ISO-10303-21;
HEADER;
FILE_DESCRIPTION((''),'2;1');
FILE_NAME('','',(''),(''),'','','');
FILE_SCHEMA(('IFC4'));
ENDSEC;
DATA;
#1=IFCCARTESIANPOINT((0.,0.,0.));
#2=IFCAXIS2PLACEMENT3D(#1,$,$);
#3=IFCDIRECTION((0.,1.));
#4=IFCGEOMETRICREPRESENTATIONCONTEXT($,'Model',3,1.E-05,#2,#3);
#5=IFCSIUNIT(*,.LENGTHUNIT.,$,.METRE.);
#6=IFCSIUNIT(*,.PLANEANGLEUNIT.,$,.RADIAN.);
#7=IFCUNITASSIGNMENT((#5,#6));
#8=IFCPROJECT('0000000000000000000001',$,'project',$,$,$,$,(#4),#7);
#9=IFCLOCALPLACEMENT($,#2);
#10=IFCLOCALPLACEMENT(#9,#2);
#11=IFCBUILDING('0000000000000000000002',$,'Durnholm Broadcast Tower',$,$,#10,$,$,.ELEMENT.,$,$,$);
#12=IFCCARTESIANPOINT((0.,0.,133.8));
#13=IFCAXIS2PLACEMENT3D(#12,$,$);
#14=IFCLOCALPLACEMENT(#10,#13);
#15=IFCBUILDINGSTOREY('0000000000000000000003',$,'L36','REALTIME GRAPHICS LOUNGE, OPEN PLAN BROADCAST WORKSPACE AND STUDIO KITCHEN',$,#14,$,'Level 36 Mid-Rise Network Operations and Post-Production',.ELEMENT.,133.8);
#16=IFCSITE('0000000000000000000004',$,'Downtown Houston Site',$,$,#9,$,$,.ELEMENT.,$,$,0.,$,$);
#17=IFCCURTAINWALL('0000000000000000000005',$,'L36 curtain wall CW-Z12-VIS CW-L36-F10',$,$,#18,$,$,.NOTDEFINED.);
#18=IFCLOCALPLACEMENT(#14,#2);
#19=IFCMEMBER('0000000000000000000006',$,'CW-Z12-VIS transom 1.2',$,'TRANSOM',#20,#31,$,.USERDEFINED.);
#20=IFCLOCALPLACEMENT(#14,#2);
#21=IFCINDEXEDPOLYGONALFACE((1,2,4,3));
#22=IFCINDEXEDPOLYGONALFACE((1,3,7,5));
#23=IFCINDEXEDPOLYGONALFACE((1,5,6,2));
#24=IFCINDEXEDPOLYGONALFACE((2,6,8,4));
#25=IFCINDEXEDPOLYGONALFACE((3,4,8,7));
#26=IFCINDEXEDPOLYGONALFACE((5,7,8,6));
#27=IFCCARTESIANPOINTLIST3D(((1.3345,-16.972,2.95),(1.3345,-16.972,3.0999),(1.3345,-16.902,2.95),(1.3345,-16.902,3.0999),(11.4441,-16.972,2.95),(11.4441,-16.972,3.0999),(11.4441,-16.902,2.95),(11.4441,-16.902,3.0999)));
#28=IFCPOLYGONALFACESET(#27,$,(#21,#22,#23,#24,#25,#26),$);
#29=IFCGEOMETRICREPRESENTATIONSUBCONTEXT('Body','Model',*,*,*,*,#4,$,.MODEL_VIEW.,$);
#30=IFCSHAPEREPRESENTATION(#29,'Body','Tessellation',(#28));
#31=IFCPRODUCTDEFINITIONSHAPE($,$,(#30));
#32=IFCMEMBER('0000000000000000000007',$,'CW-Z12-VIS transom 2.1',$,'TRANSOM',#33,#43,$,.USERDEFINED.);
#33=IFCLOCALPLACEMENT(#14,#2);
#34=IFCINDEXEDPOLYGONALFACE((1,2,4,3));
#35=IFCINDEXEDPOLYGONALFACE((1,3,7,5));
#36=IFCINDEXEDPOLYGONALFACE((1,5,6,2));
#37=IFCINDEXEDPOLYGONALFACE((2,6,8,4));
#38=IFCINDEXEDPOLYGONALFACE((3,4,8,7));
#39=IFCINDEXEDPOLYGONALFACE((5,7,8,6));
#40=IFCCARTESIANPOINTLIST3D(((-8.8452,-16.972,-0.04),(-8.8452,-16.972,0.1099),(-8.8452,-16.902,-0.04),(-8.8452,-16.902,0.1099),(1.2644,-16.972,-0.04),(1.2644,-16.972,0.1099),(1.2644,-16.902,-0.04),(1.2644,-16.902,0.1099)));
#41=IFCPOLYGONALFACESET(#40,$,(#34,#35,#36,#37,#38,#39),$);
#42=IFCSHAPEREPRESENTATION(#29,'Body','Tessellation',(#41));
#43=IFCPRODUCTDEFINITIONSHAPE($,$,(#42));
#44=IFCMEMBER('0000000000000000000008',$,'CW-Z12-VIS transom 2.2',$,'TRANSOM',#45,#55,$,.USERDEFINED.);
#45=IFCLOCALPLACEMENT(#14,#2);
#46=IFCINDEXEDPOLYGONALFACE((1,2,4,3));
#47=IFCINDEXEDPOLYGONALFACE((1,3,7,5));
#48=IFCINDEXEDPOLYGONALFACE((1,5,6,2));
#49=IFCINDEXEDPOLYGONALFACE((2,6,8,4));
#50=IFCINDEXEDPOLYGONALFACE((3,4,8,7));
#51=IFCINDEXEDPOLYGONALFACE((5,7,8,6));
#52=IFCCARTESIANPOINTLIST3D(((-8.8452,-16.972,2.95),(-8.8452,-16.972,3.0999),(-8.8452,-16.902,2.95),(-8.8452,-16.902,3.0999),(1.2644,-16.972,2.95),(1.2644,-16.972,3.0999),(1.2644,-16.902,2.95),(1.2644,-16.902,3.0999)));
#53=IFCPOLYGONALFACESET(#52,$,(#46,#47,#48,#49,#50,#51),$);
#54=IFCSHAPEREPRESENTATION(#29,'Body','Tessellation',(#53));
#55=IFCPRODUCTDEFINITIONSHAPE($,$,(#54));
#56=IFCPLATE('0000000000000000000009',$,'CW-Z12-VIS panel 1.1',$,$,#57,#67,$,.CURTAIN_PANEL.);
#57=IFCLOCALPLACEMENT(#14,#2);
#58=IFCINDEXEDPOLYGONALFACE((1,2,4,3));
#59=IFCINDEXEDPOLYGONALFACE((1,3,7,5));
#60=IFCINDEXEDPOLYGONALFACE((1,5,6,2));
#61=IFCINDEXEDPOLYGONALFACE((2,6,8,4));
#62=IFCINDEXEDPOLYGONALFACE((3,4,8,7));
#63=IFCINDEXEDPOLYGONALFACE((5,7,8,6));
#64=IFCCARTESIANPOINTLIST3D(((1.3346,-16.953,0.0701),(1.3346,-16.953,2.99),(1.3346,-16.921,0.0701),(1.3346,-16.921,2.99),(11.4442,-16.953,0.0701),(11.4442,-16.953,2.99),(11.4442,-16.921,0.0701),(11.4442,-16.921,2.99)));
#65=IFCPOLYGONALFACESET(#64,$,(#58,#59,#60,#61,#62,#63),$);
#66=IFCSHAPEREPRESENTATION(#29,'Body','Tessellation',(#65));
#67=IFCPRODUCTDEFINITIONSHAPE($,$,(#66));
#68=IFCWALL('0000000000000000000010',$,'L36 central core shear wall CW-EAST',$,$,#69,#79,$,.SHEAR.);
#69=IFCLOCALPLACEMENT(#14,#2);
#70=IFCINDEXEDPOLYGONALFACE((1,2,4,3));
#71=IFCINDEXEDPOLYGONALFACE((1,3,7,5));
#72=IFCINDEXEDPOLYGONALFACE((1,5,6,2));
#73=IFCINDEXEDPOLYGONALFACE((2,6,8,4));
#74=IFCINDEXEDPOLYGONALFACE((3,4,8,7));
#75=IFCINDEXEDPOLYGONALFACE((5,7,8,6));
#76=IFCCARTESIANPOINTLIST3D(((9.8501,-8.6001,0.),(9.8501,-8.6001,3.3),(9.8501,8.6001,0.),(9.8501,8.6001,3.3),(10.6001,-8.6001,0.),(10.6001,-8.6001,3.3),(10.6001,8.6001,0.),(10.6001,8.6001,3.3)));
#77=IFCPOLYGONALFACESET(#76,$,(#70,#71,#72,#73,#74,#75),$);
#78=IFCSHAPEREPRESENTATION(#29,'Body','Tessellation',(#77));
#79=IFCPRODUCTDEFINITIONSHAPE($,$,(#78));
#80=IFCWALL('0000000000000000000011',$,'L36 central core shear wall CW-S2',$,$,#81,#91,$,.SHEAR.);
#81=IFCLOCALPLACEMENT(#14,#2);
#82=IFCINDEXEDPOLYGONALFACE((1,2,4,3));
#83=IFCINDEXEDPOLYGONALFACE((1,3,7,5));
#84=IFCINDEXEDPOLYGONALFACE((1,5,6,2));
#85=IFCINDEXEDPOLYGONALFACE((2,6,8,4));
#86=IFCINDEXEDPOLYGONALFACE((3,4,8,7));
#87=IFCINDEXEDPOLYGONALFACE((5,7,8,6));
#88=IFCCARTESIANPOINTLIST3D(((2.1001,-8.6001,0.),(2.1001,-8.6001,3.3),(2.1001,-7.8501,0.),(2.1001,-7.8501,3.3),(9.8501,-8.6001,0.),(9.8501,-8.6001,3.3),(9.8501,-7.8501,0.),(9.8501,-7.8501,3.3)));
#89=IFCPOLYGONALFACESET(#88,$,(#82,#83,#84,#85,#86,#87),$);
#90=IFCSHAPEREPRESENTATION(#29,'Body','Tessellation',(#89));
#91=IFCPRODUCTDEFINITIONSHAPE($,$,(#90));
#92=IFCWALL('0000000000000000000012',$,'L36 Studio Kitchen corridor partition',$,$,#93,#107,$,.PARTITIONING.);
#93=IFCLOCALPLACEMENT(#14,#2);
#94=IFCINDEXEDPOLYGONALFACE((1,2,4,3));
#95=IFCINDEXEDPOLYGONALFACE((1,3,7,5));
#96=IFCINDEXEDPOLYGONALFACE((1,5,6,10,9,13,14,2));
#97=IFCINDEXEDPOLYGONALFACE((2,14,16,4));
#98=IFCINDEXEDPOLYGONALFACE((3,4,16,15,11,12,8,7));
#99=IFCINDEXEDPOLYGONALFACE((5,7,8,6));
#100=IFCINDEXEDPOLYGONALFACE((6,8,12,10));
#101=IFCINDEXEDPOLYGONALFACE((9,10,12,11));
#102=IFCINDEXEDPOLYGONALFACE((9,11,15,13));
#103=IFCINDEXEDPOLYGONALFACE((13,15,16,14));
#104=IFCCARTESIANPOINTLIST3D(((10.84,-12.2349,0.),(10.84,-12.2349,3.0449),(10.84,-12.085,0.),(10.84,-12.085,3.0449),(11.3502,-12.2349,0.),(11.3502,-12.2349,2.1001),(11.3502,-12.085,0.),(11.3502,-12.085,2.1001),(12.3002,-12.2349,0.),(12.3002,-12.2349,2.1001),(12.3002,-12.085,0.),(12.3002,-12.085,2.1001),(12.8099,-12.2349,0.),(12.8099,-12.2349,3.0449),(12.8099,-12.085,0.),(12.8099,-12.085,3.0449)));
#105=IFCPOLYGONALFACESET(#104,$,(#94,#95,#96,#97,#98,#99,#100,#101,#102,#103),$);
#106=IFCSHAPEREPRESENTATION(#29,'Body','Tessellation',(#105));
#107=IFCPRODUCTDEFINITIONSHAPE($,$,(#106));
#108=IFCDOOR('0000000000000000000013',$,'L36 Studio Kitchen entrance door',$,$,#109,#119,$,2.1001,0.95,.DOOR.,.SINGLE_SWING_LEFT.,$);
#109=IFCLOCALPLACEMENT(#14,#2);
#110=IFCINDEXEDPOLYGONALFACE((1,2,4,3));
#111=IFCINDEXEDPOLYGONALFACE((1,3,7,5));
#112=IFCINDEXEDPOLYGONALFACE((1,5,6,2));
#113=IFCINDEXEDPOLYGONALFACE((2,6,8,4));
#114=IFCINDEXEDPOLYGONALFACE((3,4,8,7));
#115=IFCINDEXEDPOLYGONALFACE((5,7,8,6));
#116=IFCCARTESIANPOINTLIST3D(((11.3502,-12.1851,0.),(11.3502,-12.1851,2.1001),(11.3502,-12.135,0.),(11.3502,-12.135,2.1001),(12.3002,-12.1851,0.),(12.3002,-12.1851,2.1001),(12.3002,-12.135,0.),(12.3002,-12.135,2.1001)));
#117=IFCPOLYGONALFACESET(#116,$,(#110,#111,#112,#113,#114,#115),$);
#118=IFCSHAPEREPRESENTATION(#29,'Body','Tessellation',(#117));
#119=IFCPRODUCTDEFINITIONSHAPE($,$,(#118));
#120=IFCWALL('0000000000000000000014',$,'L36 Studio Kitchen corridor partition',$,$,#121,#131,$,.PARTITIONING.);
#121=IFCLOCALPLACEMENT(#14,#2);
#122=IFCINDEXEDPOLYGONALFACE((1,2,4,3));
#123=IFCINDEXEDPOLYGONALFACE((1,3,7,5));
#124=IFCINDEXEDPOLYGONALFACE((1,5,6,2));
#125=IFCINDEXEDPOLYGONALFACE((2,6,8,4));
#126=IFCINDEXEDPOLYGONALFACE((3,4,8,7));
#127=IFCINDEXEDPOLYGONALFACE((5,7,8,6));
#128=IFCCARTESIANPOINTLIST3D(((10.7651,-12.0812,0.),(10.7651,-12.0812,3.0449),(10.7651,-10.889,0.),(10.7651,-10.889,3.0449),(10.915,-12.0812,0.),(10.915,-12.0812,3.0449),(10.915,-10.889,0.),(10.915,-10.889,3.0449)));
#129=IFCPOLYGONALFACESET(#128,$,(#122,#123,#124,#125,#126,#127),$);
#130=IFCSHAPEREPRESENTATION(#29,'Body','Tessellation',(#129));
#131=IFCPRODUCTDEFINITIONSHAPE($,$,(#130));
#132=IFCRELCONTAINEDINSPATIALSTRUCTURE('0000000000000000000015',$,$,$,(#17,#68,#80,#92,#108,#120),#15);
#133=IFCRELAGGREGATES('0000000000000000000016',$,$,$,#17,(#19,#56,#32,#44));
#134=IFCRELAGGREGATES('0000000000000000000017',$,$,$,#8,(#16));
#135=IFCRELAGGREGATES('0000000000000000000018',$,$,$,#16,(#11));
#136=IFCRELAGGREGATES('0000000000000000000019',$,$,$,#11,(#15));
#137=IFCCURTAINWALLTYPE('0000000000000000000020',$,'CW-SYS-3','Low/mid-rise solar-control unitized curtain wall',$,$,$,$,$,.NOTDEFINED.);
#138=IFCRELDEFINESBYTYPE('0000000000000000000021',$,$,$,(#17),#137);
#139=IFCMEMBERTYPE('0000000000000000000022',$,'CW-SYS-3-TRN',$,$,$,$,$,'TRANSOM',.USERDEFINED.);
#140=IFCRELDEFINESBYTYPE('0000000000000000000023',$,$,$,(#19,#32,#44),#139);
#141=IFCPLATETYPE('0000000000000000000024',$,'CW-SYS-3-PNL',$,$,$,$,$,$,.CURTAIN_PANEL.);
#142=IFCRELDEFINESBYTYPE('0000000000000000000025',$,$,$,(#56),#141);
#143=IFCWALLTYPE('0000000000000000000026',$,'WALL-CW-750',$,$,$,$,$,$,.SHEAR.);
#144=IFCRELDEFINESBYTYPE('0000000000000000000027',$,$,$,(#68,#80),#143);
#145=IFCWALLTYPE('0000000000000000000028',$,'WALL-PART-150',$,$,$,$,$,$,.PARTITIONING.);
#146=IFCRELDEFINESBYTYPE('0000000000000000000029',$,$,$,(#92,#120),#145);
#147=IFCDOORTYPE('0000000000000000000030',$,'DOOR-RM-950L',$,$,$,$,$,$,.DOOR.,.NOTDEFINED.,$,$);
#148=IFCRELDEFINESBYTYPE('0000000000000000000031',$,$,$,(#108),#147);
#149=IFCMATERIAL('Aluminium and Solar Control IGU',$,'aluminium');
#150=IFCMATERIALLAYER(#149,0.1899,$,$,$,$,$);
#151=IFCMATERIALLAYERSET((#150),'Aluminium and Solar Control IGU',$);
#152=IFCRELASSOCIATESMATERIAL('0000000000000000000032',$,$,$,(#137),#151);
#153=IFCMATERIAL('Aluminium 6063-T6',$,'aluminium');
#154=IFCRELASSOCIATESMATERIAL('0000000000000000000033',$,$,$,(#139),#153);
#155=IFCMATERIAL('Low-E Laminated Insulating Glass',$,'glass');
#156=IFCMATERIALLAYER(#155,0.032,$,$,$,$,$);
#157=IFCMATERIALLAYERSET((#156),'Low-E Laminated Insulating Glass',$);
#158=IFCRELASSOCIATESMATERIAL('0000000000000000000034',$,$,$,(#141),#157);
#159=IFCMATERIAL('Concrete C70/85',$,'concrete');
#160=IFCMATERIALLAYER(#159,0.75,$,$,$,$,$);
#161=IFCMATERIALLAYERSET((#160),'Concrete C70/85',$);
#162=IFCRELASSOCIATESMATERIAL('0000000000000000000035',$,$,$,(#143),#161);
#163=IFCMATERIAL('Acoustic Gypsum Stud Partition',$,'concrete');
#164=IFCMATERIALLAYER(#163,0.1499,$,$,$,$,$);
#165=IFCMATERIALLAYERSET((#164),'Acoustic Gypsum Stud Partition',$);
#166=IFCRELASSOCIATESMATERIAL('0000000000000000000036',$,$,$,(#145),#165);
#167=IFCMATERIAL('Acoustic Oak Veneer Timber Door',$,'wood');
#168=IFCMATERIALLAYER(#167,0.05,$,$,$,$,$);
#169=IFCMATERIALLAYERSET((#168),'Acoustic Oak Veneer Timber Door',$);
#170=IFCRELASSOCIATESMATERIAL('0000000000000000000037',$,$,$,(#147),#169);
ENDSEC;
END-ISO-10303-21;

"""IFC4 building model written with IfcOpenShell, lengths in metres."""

from ifc_helpers import new_model, si_unit, direction, frame, frame_2d, origin, origin_2d, place, context, subcontext, project, spatial, rectangle, extrude, source, transform, mapped, material, layer, layer_set, material_profile, profile_set, type_object, type_shapes, element, fill, aggregate, save


model = new_model("IFC4")

# Units and contexts
model_context = context("Model", 3, precision=1e-05, world=origin(), true_north=direction((0.0, 1.0)))
body_context = subcontext(model_context, "Body", "Model", "MODEL_VIEW")
ifc_project = project(units=[si_unit("LENGTHUNIT", "METRE"), si_unit("PLANEANGLEUNIT", "RADIAN")], contexts=[model_context])

# Site, building, storey
site_placement = place(None, origin())
site = spatial("IfcSite", under=ifc_project, at=site_placement, Name="Downtown Houston Site", CompositionType="ELEMENT", RefElevation=0.0)
building_placement = place(site_placement, origin())
building = spatial("IfcBuilding", under=site, at=building_placement, Name="Durnholm Broadcast Tower", CompositionType="ELEMENT")
storey_placement = place(building_placement, frame((0.0, 0.0, 133.8)))
storey = spatial("IfcBuildingStorey", under=building, at=storey_placement, Name="L36", Description="REALTIME GRAPHICS LOUNGE, OPEN PLAN BROADCAST WORKSPACE AND STUDIO KITCHEN", LongName="Level 36 Mid-Rise Network Operations and Post-Production", CompositionType="ELEMENT", Elevation=133.8)

# Shared definitions
ifc_material_1 = material(Name="Concrete C70/85", Category="concrete")

# Curtain wall, members, plate
ifc_material_2 = material(Name="Aluminium and Solar Control IGU", Category="aluminium")
ifc_layer_1 = layer(ifc_material_2, 0.1899)
ifc_layer_set_1 = layer_set([ifc_layer_1], Name="Aluminium and Solar Control IGU")
curtain_wall_type = type_object("IfcCurtainWallType", Name="CW-SYS-3", Description="Low/mid-rise solar-control unitized curtain wall", PredefinedType="NOTDEFINED", material=ifc_layer_set_1)
curtain_wall_placement = place(storey_placement, origin())
curtain_wall = element("IfcCurtainWall", 1, at=curtain_wall_placement, inside=storey, type_object=curtain_wall_type, Name="L36 curtain wall CW-Z12-VIS CW-L36-F10", PredefinedType="NOTDEFINED")
ifc_material_3 = material(Name="Aluminium 6063-T6", Category="aluminium")
ifc_material_profile_1 = material_profile(ifc_material_3, rectangle(XDim=0.0701, YDim=0.1499, at=origin_2d()), Name="CWT70X150")
ifc_profile_set_1 = profile_set([ifc_material_profile_1], Name="Aluminium 6063-T6")
member_type_1 = type_object("IfcMemberType", Name="CW-SYS-3-TRN", ElementType="TRANSOM", PredefinedType="USERDEFINED", material=ifc_profile_set_1)
shared_shape_1 = source(origin(), body_context, "Body", "SweptSolid", [
    extrude(rectangle(XDim=0.0701, YDim=0.1499, at=origin_2d()), origin(), (0.0, 0.0, 1.0), 10.1096),
])
type_shapes(member_type_1, [shared_shape_1])
member_1_placement = place(storey_placement, frame((11.4441, -16.937, 3.0249), z_axis=(-1.0, 0.0, 0.0), x_axis=(0.0, -1.0, 0.0)))
member_1 = element("IfcMember", 2, at=member_1_placement, type_object=member_type_1, Name="CW-Z12-VIS transom 1.2", ObjectType="TRANSOM", PredefinedType="USERDEFINED", context=body_context, shape_type="MappedRepresentation", body=[
    mapped(shared_shape_1, transform((0.0, 0.0, 0.0), x_axis=(1.0, 0.0, 0.0), y_axis=(0.0, 1.0, 0.0), z_axis=(0.0, 0.0, 1.0), scale=1.0)),
])
member_2_placement = place(storey_placement, frame((1.2644, -16.937, 0.0349), z_axis=(-1.0, 0.0, 0.0), x_axis=(0.0, -1.0, 0.0)))
member_2 = element("IfcMember", 3, at=member_2_placement, type_object=member_type_1, Name="CW-Z12-VIS transom 2.1", ObjectType="TRANSOM", PredefinedType="USERDEFINED", context=body_context, shape_type="MappedRepresentation", body=[
    mapped(shared_shape_1, transform((0.0, 0.0, 0.0), x_axis=(1.0, 0.0, 0.0), y_axis=(0.0, 1.0, 0.0), z_axis=(0.0, 0.0, 1.0), scale=1.0)),
])
member_3_placement = place(storey_placement, frame((1.2644, -16.937, 3.0249), z_axis=(-1.0, 0.0, 0.0), x_axis=(0.0, -1.0, 0.0)))
member_3 = element("IfcMember", 4, at=member_3_placement, type_object=member_type_1, Name="CW-Z12-VIS transom 2.2", ObjectType="TRANSOM", PredefinedType="USERDEFINED", context=body_context, shape_type="MappedRepresentation", body=[
    mapped(shared_shape_1, transform((0.0, 0.0, 0.0), x_axis=(1.0, 0.0, 0.0), y_axis=(0.0, 1.0, 0.0), z_axis=(0.0, 0.0, 1.0), scale=1.0)),
])
ifc_material_4 = material(Name="Low-E Laminated Insulating Glass", Category="glass")
ifc_layer_2 = layer(ifc_material_4, 0.032)
ifc_layer_set_2 = layer_set([ifc_layer_2], Name="Low-E Laminated Insulating Glass")
plate_type = type_object("IfcPlateType", Name="CW-SYS-3-PNL", PredefinedType="CURTAIN_PANEL", material=ifc_layer_set_2)
shared_shape_2 = source(origin(), body_context, "Body", "SweptSolid", [
    extrude(rectangle(XDim=10.1096, YDim=0.032, at=origin_2d()), origin(), (0.0, 0.0, 1.0), 2.9199),
])
type_shapes(plate_type, [shared_shape_2])
plate_placement = place(storey_placement, frame((6.3894, -16.937, 0.0701), z_axis=(0.0, 0.0, 1.0), x_axis=(-1.0, 0.0, 0.0)))
plate = element("IfcPlate", 5, at=plate_placement, type_object=plate_type, Name="CW-Z12-VIS panel 1.1", PredefinedType="CURTAIN_PANEL", context=body_context, shape_type="MappedRepresentation", body=[
    mapped(shared_shape_2, transform((0.0, 0.0, 0.0), x_axis=(1.0, 0.0, 0.0), y_axis=(0.0, 1.0, 0.0), z_axis=(0.0, 0.0, 1.0), scale=1.0)),
])
aggregate(curtain_wall, [member_1, plate, member_2, member_3])

# Walls
ifc_layer_3 = layer(ifc_material_1, 0.75)
ifc_layer_set_3 = layer_set([ifc_layer_3], Name="Concrete C70/85")
wall_type_1 = type_object("IfcWallType", Name="WALL-CW-750", PredefinedType="SHEAR", material=ifc_layer_set_3)
wall_1_placement = place(storey_placement, frame((10.2251, -8.6001, 0.0), z_axis=(0.0, 0.0, 1.0), x_axis=(0.0, 1.0, 0.0)))
element("IfcWall", 6, at=wall_1_placement, inside=storey, type_object=wall_type_1, Name="L36 central core shear wall CW-EAST", PredefinedType="SHEAR", context=body_context, shape_type="SweptSolid", body=[
    extrude(rectangle(XDim=17.2002, YDim=0.75, at=frame_2d((8.6001, 0.0))), origin(), (0.0, 0.0, 1.0), 3.3),
])
wall_2_placement = place(storey_placement, frame((2.1001, -8.2251, 0.0), z_axis=(0.0, 0.0, 1.0), x_axis=(1.0, 0.0, 0.0)))
element("IfcWall", 7, at=wall_2_placement, inside=storey, type_object=wall_type_1, Name="L36 central core shear wall CW-S2", PredefinedType="SHEAR", context=body_context, shape_type="SweptSolid", body=[
    extrude(rectangle(XDim=7.75, YDim=0.75, at=frame_2d((3.875, 0.0))), origin(), (0.0, 0.0, 1.0), 3.3),
])

# Wall, opening, door
ifc_material_5 = material(Name="Acoustic Gypsum Stud Partition", Category="concrete")
ifc_layer_4 = layer(ifc_material_5, 0.1499)
ifc_layer_set_4 = layer_set([ifc_layer_4], Name="Acoustic Gypsum Stud Partition")
wall_type_2 = type_object("IfcWallType", Name="WALL-PART-150", PredefinedType="PARTITIONING", material=ifc_layer_set_4)
wall_3_placement = place(storey_placement, frame((10.8401, -12.1599, 0.0), z_axis=(0.0, 0.0, 1.0), x_axis=(1.0, 0.0, 0.0)))
wall_3 = element("IfcWall", 8, at=wall_3_placement, inside=storey, type_object=wall_type_2, Name="L36 Studio Kitchen corridor partition", PredefinedType="PARTITIONING", context=body_context, shape_type="SweptSolid", body=[
    extrude(rectangle(XDim=1.97, YDim=0.1499, at=frame_2d((0.9849, 0.0))), origin(), (0.0, 0.0, 1.0), 3.0449),
])
opening_placement = place(wall_3_placement, frame((0.51, 0.0, 0.0)))
opening = element("IfcOpeningElement", 9, at=opening_placement, cuts=wall_3, PredefinedType="OPENING", context=body_context, shape_type="SweptSolid", body=[
    extrude(rectangle(XDim=0.95, YDim=2.1001, at=frame_2d((0.4751, 1.05))), frame((0.0, 0.085, 0.0), z_axis=(0.0, -1.0, 0.0), x_axis=(1.0, 0.0, 0.0)), (0.0, 0.0, 1.0), 0.1699),
])
ifc_material_6 = material(Name="Acoustic Oak Veneer Timber Door", Category="wood")
ifc_layer_5 = layer(ifc_material_6, 0.05)
ifc_layer_set_5 = layer_set([ifc_layer_5], Name="Acoustic Oak Veneer Timber Door")
door_type = type_object("IfcDoorType", Name="DOOR-RM-950L", OperationType="NOTDEFINED", PredefinedType="DOOR", material=ifc_layer_set_5)
shared_shape_3 = source(origin(), body_context, "Body", "SweptSolid", [
    extrude(rectangle(XDim=0.95, YDim=2.1001, at=frame_2d((0.4751, 1.05))), frame((0.0, 0.0249, 0.0), z_axis=(0.0, -1.0, 0.0), x_axis=(1.0, 0.0, 0.0)), (0.0, 0.0, 1.0), 0.05),
])
type_shapes(door_type, [shared_shape_3])
door_placement = place(opening_placement, origin())
door = element("IfcDoor", 10, at=door_placement, inside=storey, type_object=door_type, Name="L36 Studio Kitchen entrance door", OperationType="SINGLE_SWING_LEFT", OverallHeight=2.1001, OverallWidth=0.95, PredefinedType="DOOR", context=body_context, shape_type="MappedRepresentation", body=[
    mapped(shared_shape_3, transform((0.0, 0.0, 0.0), x_axis=(1.0, 0.0, 0.0), y_axis=(0.0, 1.0, 0.0), z_axis=(0.0, 0.0, 1.0), scale=1.0)),
])
fill(opening, door)

# Wall
wall_4_placement = place(storey_placement, frame((10.8401, -10.8889, 0.0), z_axis=(0.0, 0.0, 1.0), x_axis=(0.0, -1.0, 0.0)))
element("IfcWall", 11, at=wall_4_placement, inside=storey, type_object=wall_type_2, Name="L36 Studio Kitchen corridor partition", PredefinedType="PARTITIONING", context=body_context, shape_type="SweptSolid", body=[
    extrude(rectangle(XDim=1.1921, YDim=0.1499, at=frame_2d((0.5962, 0.0))), origin(), (0.0, 0.0, 1.0), 3.0449),
])

save(model, "model.ifc")
